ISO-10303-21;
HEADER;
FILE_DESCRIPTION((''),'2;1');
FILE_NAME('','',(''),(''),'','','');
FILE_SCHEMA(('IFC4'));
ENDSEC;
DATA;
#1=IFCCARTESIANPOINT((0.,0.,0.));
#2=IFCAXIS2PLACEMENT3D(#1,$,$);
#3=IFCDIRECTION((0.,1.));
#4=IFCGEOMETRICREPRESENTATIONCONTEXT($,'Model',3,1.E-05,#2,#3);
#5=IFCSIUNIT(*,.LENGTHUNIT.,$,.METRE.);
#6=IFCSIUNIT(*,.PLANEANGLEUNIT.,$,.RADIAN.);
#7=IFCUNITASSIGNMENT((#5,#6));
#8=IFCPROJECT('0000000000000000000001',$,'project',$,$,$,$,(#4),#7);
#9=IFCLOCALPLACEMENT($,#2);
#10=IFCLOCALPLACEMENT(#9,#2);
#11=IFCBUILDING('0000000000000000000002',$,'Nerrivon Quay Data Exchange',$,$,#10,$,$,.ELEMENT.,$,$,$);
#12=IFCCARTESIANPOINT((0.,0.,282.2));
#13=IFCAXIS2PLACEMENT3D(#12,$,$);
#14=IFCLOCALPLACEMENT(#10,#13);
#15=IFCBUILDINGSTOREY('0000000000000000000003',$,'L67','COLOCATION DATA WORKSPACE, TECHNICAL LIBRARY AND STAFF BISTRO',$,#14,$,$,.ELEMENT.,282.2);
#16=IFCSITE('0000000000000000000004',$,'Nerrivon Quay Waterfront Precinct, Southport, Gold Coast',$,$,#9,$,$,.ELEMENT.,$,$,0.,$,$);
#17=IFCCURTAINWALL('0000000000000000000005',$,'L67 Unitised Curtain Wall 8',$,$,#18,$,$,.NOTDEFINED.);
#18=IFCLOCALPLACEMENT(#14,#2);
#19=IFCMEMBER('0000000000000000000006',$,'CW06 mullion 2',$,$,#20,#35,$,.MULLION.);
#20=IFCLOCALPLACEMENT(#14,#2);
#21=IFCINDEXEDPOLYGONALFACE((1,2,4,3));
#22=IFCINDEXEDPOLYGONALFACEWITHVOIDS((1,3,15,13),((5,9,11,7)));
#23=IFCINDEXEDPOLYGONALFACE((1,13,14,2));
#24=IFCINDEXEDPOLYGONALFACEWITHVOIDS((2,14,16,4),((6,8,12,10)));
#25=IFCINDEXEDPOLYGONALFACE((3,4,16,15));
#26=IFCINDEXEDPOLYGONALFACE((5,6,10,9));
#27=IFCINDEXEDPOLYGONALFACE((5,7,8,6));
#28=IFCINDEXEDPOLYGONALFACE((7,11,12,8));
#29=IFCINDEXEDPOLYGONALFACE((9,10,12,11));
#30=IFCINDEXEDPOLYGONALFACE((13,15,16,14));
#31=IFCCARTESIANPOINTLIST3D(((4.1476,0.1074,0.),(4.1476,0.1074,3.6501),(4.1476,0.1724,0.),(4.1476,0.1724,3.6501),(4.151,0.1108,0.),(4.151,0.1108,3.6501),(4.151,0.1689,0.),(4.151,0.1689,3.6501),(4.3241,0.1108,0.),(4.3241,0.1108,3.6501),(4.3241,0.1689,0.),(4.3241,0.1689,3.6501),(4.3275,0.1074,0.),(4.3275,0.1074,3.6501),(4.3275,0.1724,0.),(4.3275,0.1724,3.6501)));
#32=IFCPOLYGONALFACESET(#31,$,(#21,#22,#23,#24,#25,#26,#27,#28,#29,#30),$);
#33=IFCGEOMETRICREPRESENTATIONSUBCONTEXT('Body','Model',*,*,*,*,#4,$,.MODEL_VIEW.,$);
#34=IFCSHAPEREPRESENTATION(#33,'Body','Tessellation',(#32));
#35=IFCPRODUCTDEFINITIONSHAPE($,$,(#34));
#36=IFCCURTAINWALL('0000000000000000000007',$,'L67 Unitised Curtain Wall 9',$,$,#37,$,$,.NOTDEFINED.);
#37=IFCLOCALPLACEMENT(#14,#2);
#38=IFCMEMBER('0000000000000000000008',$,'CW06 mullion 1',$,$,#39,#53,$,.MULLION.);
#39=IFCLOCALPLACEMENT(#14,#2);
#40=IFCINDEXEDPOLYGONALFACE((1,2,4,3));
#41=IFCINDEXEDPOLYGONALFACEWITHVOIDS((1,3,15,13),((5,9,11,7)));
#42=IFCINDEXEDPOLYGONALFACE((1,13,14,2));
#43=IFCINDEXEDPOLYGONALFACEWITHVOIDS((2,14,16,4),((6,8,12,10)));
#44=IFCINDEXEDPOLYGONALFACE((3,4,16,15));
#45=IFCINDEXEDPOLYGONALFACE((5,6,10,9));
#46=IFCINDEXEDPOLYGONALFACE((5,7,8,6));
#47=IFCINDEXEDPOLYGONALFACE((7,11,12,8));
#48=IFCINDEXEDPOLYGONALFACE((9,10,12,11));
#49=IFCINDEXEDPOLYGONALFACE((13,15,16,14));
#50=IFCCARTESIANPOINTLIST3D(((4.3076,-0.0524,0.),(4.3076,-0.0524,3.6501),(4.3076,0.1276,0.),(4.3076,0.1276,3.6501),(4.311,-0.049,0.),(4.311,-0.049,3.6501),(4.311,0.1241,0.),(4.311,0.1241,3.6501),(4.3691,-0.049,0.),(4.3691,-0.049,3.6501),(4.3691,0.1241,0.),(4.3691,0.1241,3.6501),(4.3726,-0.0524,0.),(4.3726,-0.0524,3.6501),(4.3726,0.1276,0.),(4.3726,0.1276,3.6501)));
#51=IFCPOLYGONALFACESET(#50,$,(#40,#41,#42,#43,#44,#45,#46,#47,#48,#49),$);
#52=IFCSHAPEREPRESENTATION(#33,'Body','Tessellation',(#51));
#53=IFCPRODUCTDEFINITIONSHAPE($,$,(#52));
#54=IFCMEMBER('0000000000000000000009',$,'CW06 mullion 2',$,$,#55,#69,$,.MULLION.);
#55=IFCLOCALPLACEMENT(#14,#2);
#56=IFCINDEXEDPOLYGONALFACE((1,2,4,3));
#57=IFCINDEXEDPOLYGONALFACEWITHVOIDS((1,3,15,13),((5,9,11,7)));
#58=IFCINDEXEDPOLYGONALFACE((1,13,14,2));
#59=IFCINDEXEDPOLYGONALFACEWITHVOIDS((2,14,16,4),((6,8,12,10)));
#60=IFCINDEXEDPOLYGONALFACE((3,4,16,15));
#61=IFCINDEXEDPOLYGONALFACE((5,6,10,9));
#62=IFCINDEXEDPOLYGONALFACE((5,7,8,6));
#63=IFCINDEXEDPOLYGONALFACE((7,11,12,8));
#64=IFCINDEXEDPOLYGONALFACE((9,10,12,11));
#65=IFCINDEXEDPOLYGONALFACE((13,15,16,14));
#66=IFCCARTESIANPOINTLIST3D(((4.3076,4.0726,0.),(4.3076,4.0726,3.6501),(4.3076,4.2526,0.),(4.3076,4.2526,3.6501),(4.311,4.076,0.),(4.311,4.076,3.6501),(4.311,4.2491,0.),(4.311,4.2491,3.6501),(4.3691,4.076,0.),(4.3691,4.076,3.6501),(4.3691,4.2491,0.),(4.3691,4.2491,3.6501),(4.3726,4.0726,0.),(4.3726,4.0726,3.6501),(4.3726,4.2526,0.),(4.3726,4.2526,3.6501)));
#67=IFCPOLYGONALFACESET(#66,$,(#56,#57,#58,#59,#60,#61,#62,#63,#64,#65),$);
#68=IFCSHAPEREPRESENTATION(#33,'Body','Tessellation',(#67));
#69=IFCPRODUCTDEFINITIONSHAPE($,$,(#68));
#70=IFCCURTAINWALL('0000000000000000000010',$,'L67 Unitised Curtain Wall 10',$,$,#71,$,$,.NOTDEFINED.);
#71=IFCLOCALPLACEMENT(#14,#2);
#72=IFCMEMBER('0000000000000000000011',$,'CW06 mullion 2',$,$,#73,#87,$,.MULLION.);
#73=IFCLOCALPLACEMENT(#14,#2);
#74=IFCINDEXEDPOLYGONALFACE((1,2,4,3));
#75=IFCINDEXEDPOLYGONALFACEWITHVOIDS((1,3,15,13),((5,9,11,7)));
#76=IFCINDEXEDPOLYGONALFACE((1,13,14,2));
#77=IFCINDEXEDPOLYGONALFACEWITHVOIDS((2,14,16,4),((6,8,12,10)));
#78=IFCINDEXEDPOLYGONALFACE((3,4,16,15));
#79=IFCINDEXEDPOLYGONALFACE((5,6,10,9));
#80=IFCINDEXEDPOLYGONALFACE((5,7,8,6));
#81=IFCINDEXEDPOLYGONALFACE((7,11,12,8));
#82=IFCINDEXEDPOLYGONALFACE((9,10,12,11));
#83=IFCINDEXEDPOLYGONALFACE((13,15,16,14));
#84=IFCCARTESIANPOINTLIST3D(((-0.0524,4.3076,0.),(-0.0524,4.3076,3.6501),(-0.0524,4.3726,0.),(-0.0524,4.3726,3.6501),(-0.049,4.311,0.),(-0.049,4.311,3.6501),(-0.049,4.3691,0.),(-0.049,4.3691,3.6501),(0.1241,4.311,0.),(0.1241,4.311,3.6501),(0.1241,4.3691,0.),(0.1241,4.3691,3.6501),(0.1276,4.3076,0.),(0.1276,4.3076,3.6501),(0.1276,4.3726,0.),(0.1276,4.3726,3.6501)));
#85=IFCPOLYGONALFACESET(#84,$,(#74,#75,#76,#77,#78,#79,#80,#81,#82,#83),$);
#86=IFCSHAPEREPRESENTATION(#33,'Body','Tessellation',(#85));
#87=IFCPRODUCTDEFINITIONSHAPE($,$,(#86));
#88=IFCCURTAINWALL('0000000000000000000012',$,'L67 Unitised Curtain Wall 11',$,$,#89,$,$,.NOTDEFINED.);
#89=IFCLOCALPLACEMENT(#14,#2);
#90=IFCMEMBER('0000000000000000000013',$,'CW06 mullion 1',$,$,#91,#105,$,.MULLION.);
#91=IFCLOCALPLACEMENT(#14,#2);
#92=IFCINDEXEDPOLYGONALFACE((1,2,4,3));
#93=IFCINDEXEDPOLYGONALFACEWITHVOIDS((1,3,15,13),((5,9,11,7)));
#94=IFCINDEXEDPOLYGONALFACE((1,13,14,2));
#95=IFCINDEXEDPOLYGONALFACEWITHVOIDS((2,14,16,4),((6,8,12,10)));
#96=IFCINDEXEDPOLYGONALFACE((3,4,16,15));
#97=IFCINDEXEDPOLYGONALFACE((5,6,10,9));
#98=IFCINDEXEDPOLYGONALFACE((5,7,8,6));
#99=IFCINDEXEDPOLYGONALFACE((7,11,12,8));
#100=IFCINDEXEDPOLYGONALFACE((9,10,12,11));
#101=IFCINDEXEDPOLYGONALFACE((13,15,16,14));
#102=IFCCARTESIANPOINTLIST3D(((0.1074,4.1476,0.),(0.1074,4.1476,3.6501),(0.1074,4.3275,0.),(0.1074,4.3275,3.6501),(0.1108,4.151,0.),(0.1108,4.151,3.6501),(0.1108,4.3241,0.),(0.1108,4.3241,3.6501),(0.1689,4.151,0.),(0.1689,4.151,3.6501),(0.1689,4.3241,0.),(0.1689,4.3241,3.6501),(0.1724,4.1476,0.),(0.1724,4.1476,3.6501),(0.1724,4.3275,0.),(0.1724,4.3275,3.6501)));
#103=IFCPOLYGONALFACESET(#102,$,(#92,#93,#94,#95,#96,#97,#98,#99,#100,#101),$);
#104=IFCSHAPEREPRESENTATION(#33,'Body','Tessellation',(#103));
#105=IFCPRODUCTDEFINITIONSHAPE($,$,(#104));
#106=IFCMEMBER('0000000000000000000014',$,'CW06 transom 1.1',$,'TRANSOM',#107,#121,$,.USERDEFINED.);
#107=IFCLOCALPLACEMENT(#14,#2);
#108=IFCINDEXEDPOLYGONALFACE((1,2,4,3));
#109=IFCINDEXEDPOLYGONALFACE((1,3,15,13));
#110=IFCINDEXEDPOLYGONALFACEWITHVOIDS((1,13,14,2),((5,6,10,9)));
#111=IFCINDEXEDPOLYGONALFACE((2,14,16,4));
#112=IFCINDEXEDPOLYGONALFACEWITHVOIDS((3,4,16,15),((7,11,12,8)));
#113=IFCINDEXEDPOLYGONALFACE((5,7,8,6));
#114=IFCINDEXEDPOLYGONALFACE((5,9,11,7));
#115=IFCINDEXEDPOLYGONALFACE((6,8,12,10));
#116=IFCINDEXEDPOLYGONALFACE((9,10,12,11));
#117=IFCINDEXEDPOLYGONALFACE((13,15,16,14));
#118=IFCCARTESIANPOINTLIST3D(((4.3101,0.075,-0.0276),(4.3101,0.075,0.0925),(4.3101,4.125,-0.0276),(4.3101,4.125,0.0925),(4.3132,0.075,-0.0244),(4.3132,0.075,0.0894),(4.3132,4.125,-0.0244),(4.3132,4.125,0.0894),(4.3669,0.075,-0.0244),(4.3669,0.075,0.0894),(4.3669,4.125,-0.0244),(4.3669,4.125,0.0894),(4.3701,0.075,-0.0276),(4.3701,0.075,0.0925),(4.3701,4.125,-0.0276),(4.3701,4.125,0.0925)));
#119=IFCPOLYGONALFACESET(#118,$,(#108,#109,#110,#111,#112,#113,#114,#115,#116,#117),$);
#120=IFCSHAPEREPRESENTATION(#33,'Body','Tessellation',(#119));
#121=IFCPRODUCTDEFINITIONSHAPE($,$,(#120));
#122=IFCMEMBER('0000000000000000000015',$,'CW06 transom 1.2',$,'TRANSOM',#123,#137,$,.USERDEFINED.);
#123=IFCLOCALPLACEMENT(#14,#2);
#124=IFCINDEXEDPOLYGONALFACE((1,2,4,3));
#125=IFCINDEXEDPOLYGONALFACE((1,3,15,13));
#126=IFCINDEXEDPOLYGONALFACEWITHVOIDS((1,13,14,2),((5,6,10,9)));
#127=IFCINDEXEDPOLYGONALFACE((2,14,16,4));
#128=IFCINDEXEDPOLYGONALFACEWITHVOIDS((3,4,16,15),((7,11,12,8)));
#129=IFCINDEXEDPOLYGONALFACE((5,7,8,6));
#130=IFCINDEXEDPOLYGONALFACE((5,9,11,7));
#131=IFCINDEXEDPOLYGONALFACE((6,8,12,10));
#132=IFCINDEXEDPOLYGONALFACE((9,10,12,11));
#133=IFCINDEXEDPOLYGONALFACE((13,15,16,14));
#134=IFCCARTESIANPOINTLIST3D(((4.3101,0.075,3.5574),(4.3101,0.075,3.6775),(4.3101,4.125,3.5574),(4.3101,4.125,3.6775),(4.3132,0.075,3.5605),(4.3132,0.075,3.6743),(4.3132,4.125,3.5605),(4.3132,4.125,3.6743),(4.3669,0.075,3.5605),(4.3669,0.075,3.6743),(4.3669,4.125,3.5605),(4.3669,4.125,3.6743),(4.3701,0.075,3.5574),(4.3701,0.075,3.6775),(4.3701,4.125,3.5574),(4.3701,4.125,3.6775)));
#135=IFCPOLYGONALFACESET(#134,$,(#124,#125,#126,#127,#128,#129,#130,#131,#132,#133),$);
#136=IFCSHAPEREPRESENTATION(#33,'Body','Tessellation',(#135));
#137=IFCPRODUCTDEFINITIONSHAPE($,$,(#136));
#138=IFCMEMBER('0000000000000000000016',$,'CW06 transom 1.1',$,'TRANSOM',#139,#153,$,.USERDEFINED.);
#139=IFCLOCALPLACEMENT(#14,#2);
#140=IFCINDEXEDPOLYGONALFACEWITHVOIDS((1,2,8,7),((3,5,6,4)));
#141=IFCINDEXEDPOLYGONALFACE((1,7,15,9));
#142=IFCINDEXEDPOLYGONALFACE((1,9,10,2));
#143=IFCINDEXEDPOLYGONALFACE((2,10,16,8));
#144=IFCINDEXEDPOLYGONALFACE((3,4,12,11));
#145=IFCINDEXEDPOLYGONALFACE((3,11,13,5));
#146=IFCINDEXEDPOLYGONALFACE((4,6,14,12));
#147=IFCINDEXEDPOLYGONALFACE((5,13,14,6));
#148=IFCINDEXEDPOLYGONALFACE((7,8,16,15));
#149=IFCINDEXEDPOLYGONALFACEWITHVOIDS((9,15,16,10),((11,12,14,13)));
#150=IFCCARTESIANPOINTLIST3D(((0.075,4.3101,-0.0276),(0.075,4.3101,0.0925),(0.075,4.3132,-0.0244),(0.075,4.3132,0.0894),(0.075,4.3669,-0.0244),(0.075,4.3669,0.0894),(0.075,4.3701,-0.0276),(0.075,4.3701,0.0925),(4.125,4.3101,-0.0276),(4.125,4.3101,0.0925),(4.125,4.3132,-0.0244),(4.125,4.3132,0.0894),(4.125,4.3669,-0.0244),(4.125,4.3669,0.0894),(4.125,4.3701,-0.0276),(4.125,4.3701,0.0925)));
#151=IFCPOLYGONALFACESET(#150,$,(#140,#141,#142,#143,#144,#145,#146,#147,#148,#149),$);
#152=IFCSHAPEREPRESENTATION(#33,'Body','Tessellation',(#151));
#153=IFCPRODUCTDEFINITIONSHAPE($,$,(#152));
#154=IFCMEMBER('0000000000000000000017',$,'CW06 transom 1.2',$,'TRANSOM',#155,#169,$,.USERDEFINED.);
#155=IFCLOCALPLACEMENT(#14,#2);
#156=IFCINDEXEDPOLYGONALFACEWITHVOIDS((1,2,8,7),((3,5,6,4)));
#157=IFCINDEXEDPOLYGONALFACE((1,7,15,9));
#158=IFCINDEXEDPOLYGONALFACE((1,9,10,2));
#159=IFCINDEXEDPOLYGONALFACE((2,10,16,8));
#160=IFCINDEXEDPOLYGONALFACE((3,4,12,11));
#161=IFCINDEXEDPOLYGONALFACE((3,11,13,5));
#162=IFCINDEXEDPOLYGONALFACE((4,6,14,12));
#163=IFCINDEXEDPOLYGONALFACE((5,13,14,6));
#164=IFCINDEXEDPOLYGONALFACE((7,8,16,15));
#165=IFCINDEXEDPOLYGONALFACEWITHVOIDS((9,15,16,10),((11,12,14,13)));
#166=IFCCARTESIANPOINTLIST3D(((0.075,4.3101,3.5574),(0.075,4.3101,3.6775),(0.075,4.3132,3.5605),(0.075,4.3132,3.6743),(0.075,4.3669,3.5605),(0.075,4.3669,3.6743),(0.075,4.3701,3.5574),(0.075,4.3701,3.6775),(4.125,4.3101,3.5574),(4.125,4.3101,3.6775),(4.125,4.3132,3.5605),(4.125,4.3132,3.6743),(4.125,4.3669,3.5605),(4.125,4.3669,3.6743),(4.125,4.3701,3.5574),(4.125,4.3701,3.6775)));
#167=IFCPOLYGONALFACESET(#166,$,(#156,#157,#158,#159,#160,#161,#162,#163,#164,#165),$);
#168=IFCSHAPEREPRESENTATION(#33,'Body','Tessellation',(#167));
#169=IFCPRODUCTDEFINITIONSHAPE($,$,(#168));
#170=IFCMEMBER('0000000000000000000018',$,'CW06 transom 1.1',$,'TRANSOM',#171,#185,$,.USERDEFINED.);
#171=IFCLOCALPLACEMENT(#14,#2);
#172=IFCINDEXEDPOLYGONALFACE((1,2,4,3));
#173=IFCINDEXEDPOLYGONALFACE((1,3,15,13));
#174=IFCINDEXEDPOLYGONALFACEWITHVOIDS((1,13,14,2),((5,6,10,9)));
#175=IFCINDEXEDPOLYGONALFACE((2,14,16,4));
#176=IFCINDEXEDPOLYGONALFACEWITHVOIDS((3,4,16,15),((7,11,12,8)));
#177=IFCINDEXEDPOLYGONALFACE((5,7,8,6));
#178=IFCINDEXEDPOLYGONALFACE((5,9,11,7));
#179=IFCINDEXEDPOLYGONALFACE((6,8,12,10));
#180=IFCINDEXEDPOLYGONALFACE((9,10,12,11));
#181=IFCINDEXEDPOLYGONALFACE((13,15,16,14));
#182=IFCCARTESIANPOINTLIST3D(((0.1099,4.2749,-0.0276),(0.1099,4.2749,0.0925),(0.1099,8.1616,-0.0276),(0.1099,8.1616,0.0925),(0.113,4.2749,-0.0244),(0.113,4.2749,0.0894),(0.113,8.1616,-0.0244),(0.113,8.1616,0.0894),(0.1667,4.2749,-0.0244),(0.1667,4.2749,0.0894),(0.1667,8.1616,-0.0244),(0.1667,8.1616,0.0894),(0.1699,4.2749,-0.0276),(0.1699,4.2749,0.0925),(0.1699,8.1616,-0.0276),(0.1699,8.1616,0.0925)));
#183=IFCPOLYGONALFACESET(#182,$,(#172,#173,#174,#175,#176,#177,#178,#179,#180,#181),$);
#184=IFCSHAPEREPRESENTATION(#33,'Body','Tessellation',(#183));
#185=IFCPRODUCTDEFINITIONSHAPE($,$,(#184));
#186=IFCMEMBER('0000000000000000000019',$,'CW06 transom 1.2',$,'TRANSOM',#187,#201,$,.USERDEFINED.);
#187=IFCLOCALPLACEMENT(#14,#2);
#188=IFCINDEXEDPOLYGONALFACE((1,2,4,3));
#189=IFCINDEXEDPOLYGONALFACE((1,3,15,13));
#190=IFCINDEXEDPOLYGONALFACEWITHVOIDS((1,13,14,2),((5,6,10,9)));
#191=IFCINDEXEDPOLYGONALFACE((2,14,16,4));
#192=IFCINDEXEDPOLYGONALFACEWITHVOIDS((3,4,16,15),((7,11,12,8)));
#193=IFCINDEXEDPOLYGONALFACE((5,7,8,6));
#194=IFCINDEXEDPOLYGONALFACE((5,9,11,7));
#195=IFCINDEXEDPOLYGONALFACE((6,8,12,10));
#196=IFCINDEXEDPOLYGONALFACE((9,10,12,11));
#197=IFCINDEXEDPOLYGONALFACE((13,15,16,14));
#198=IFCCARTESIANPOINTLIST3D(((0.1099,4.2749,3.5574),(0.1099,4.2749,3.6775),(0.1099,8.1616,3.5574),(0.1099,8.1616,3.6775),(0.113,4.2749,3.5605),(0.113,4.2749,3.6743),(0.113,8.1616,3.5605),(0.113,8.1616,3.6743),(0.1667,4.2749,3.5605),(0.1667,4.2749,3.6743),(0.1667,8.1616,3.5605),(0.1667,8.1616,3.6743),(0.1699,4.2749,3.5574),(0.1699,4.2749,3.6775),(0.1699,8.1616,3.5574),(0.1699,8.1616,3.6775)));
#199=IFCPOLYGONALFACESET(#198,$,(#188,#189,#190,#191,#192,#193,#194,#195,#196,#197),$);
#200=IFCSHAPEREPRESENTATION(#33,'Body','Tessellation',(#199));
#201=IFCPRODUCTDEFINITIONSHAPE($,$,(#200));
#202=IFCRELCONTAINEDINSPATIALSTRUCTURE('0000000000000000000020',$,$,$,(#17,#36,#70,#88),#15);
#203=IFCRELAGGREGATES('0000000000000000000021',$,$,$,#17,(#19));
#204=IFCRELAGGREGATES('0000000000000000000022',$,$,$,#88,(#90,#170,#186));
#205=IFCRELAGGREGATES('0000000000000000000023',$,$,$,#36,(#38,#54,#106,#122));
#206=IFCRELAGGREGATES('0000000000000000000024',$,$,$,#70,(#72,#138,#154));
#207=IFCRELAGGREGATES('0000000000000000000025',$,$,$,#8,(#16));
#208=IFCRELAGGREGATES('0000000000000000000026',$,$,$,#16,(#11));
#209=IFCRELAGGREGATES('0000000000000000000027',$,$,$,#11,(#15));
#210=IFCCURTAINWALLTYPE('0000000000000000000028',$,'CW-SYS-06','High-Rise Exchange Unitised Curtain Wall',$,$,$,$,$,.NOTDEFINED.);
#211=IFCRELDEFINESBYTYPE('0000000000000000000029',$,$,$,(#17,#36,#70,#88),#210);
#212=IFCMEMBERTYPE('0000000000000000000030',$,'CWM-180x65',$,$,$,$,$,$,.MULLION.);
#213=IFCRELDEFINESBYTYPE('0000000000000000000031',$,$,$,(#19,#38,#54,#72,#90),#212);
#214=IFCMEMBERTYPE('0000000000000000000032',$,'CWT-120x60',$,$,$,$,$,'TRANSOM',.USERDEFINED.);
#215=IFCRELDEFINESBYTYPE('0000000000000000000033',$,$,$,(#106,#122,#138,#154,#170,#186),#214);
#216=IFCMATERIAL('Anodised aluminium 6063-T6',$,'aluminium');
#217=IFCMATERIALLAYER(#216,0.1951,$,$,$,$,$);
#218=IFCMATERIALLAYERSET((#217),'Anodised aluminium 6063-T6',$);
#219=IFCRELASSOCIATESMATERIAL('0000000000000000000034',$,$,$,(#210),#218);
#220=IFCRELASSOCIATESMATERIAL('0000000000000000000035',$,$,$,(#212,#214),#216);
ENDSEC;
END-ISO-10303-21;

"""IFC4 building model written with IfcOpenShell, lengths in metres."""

from ifc_helpers import new_model, si_unit, direction, frame, origin, origin_2d, place, context, subcontext, project, spatial, hollow_rectangle, extrude, material, layer, layer_set, material_profile, profile_set, type_object, element, aggregate, save


model = new_model("IFC4")

# Units and contexts
model_context = context("Model", 3, precision=1e-05, world=origin(), true_north=direction((0.0, 1.0)))
body_context = subcontext(model_context, "Body", "Model", "MODEL_VIEW")
ifc_project = project(units=[si_unit("LENGTHUNIT", "METRE"), si_unit("PLANEANGLEUNIT", "RADIAN")], contexts=[model_context])

# Site, building, storey
site_placement = place(None, origin())
site = spatial("IfcSite", under=ifc_project, at=site_placement, Name="Nerrivon Quay Waterfront Precinct, Southport, Gold Coast", CompositionType="ELEMENT", RefElevation=0.0)
building_placement = place(site_placement, origin())
building = spatial("IfcBuilding", under=site, at=building_placement, Name="Nerrivon Quay Data Exchange", CompositionType="ELEMENT")
storey_placement = place(building_placement, frame((0.0, 0.0, 282.2)))
storey = spatial("IfcBuildingStorey", under=building, at=storey_placement, Name="L67", Description="COLOCATION DATA WORKSPACE, TECHNICAL LIBRARY AND STAFF BISTRO", CompositionType="ELEMENT", Elevation=282.2)

# Curtain wall, member
ifc_material_1 = material(Name="Anodised aluminium 6063-T6", Category="aluminium")
ifc_layer_1 = layer(ifc_material_1, 0.1951)
ifc_layer_set_1 = layer_set([ifc_layer_1], Name="Anodised aluminium 6063-T6")
curtain_wall_type = type_object("IfcCurtainWallType", Name="CW-SYS-06", Description="High-Rise Exchange Unitised Curtain Wall", PredefinedType="NOTDEFINED", material=ifc_layer_set_1)
curtain_wall_1_placement = place(storey_placement, origin())
curtain_wall_1 = element("IfcCurtainWall", 1, at=curtain_wall_1_placement, inside=storey, type_object=curtain_wall_type, Name="L67 Unitised Curtain Wall 8", PredefinedType="NOTDEFINED")
ifc_material_profile_1 = material_profile(ifc_material_1, hollow_rectangle(XDim=0.0649, YDim=0.1799, WallThickness=0.0034, at=origin_2d()), Name="ALU-MULL-180x65")
ifc_profile_set_1 = profile_set([ifc_material_profile_1], Name="Anodised aluminium 6063-T6")
member_type_1 = type_object("IfcMemberType", Name="CWM-180x65", PredefinedType="MULLION", material=ifc_profile_set_1)
member_1_placement = place(storey_placement, frame((4.2375, 0.1399, 0.0), z_axis=(0.0, 0.0, 1.0), x_axis=(0.0, -1.0, 0.0)))
member_1 = element("IfcMember", 2, at=member_1_placement, type_object=member_type_1, Name="CW06 mullion 2", PredefinedType="MULLION", context=body_context, shape_type="SweptSolid", body=[
    extrude(hollow_rectangle(XDim=0.0649, YDim=0.1799, WallThickness=0.0034, at=origin_2d()), origin(), (0.0, 0.0, 1.0), 3.6501),
])
aggregate(curtain_wall_1, [member_1])

# Curtain wall, members
curtain_wall_2_placement = place(storey_placement, origin())
curtain_wall_2 = element("IfcCurtainWall", 3, at=curtain_wall_2_placement, inside=storey, type_object=curtain_wall_type, Name="L67 Unitised Curtain Wall 9", PredefinedType="NOTDEFINED")
member_2_placement = place(storey_placement, frame((4.3401, 0.0376, 0.0), z_axis=(0.0, 0.0, 1.0), x_axis=(-1.0, 0.0, 0.0)))
member_2 = element("IfcMember", 4, at=member_2_placement, type_object=member_type_1, Name="CW06 mullion 1", PredefinedType="MULLION", context=body_context, shape_type="SweptSolid", body=[
    extrude(hollow_rectangle(XDim=0.0649, YDim=0.1799, WallThickness=0.0034, at=origin_2d()), origin(), (0.0, 0.0, 1.0), 3.6501),
])
member_3_placement = place(storey_placement, frame((4.3401, 4.1626, 0.0), z_axis=(0.0, 0.0, 1.0), x_axis=(-1.0, 0.0, 0.0)))
member_3 = element("IfcMember", 5, at=member_3_placement, type_object=member_type_1, Name="CW06 mullion 2", PredefinedType="MULLION", context=body_context, shape_type="SweptSolid", body=[
    extrude(hollow_rectangle(XDim=0.0649, YDim=0.1799, WallThickness=0.0034, at=origin_2d()), origin(), (0.0, 0.0, 1.0), 3.6501),
])

# Curtain walls, members
curtain_wall_3_placement = place(storey_placement, origin())
curtain_wall_3 = element("IfcCurtainWall", 6, at=curtain_wall_3_placement, inside=storey, type_object=curtain_wall_type, Name="L67 Unitised Curtain Wall 10", PredefinedType="NOTDEFINED")
member_4_placement = place(storey_placement, frame((0.0376, 4.3401, 0.0), z_axis=(0.0, 0.0, 1.0), x_axis=(0.0, -1.0, 0.0)))
member_4 = element("IfcMember", 7, at=member_4_placement, type_object=member_type_1, Name="CW06 mullion 2", PredefinedType="MULLION", context=body_context, shape_type="SweptSolid", body=[
    extrude(hollow_rectangle(XDim=0.0649, YDim=0.1799, WallThickness=0.0034, at=origin_2d()), origin(), (0.0, 0.0, 1.0), 3.6501),
])
curtain_wall_4_placement = place(storey_placement, origin())
curtain_wall_4 = element("IfcCurtainWall", 8, at=curtain_wall_4_placement, inside=storey, type_object=curtain_wall_type, Name="L67 Unitised Curtain Wall 11", PredefinedType="NOTDEFINED")
member_5_placement = place(storey_placement, frame((0.1399, 4.2375, 0.0), z_axis=(0.0, 0.0, 1.0), x_axis=(-1.0, 0.0, 0.0)))
member_5 = element("IfcMember", 9, at=member_5_placement, type_object=member_type_1, Name="CW06 mullion 1", PredefinedType="MULLION", context=body_context, shape_type="SweptSolid", body=[
    extrude(hollow_rectangle(XDim=0.0649, YDim=0.1799, WallThickness=0.0034, at=origin_2d()), origin(), (0.0, 0.0, 1.0), 3.6501),
])

# Members
ifc_material_profile_2 = material_profile(ifc_material_1, hollow_rectangle(XDim=0.0601, YDim=0.1201, WallThickness=0.0032, at=origin_2d()), Name="ALU-TRAN-120x60")
ifc_profile_set_2 = profile_set([ifc_material_profile_2], Name="Anodised aluminium 6063-T6")
member_type_2 = type_object("IfcMemberType", Name="CWT-120x60", ElementType="TRANSOM", PredefinedType="USERDEFINED", material=ifc_profile_set_2)
member_6_placement = place(storey_placement, frame((4.3401, 0.075, 0.0325), z_axis=(0.0, 1.0, 0.0), x_axis=(-1.0, 0.0, 0.0)))
member_6 = element("IfcMember", 10, at=member_6_placement, type_object=member_type_2, Name="CW06 transom 1.1", ObjectType="TRANSOM", PredefinedType="USERDEFINED", context=body_context, shape_type="SweptSolid", body=[
    extrude(hollow_rectangle(XDim=0.0601, YDim=0.1201, WallThickness=0.0032, at=origin_2d()), origin(), (0.0, 0.0, 1.0), 4.05),
])
member_7_placement = place(storey_placement, frame((4.3401, 0.075, 3.6174), z_axis=(0.0, 1.0, 0.0), x_axis=(-1.0, 0.0, 0.0)))
member_7 = element("IfcMember", 11, at=member_7_placement, type_object=member_type_2, Name="CW06 transom 1.2", ObjectType="TRANSOM", PredefinedType="USERDEFINED", context=body_context, shape_type="SweptSolid", body=[
    extrude(hollow_rectangle(XDim=0.0601, YDim=0.1201, WallThickness=0.0032, at=origin_2d()), origin(), (0.0, 0.0, 1.0), 4.05),
])
member_8_placement = place(storey_placement, frame((4.125, 4.3401, 0.0325), z_axis=(-1.0, 0.0, 0.0), x_axis=(0.0, -1.0, 0.0)))
member_8 = element("IfcMember", 12, at=member_8_placement, type_object=member_type_2, Name="CW06 transom 1.1", ObjectType="TRANSOM", PredefinedType="USERDEFINED", context=body_context, shape_type="SweptSolid", body=[
    extrude(hollow_rectangle(XDim=0.0601, YDim=0.1201, WallThickness=0.0032, at=origin_2d()), origin(), (0.0, 0.0, 1.0), 4.05),
])
member_9_placement = place(storey_placement, frame((4.125, 4.3401, 3.6174), z_axis=(-1.0, 0.0, 0.0), x_axis=(0.0, -1.0, 0.0)))
member_9 = element("IfcMember", 13, at=member_9_placement, type_object=member_type_2, Name="CW06 transom 1.2", ObjectType="TRANSOM", PredefinedType="USERDEFINED", context=body_context, shape_type="SweptSolid", body=[
    extrude(hollow_rectangle(XDim=0.0601, YDim=0.1201, WallThickness=0.0032, at=origin_2d()), origin(), (0.0, 0.0, 1.0), 4.05),
])
member_10_placement = place(storey_placement, frame((0.1399, 4.2749, 0.0325), z_axis=(0.0, 1.0, 0.0), x_axis=(-1.0, 0.0, 0.0)))
member_10 = element("IfcMember", 14, at=member_10_placement, type_object=member_type_2, Name="CW06 transom 1.1", ObjectType="TRANSOM", PredefinedType="USERDEFINED", context=body_context, shape_type="SweptSolid", body=[
    extrude(hollow_rectangle(XDim=0.0601, YDim=0.1201, WallThickness=0.0032, at=origin_2d()), origin(), (0.0, 0.0, 1.0), 3.8867),
])
member_11_placement = place(storey_placement, frame((0.1399, 4.2749, 3.6174), z_axis=(0.0, 1.0, 0.0), x_axis=(-1.0, 0.0, 0.0)))
member_11 = element("IfcMember", 15, at=member_11_placement, type_object=member_type_2, Name="CW06 transom 1.2", ObjectType="TRANSOM", PredefinedType="USERDEFINED", context=body_context, shape_type="SweptSolid", body=[
    extrude(hollow_rectangle(XDim=0.0601, YDim=0.1201, WallThickness=0.0032, at=origin_2d()), origin(), (0.0, 0.0, 1.0), 3.8867),
])
aggregate(curtain_wall_4, [member_5, member_10, member_11])

aggregate(curtain_wall_2, [member_2, member_3, member_6, member_7])
aggregate(curtain_wall_3, [member_4, member_8, member_9])

save(model, "model.ifc")
